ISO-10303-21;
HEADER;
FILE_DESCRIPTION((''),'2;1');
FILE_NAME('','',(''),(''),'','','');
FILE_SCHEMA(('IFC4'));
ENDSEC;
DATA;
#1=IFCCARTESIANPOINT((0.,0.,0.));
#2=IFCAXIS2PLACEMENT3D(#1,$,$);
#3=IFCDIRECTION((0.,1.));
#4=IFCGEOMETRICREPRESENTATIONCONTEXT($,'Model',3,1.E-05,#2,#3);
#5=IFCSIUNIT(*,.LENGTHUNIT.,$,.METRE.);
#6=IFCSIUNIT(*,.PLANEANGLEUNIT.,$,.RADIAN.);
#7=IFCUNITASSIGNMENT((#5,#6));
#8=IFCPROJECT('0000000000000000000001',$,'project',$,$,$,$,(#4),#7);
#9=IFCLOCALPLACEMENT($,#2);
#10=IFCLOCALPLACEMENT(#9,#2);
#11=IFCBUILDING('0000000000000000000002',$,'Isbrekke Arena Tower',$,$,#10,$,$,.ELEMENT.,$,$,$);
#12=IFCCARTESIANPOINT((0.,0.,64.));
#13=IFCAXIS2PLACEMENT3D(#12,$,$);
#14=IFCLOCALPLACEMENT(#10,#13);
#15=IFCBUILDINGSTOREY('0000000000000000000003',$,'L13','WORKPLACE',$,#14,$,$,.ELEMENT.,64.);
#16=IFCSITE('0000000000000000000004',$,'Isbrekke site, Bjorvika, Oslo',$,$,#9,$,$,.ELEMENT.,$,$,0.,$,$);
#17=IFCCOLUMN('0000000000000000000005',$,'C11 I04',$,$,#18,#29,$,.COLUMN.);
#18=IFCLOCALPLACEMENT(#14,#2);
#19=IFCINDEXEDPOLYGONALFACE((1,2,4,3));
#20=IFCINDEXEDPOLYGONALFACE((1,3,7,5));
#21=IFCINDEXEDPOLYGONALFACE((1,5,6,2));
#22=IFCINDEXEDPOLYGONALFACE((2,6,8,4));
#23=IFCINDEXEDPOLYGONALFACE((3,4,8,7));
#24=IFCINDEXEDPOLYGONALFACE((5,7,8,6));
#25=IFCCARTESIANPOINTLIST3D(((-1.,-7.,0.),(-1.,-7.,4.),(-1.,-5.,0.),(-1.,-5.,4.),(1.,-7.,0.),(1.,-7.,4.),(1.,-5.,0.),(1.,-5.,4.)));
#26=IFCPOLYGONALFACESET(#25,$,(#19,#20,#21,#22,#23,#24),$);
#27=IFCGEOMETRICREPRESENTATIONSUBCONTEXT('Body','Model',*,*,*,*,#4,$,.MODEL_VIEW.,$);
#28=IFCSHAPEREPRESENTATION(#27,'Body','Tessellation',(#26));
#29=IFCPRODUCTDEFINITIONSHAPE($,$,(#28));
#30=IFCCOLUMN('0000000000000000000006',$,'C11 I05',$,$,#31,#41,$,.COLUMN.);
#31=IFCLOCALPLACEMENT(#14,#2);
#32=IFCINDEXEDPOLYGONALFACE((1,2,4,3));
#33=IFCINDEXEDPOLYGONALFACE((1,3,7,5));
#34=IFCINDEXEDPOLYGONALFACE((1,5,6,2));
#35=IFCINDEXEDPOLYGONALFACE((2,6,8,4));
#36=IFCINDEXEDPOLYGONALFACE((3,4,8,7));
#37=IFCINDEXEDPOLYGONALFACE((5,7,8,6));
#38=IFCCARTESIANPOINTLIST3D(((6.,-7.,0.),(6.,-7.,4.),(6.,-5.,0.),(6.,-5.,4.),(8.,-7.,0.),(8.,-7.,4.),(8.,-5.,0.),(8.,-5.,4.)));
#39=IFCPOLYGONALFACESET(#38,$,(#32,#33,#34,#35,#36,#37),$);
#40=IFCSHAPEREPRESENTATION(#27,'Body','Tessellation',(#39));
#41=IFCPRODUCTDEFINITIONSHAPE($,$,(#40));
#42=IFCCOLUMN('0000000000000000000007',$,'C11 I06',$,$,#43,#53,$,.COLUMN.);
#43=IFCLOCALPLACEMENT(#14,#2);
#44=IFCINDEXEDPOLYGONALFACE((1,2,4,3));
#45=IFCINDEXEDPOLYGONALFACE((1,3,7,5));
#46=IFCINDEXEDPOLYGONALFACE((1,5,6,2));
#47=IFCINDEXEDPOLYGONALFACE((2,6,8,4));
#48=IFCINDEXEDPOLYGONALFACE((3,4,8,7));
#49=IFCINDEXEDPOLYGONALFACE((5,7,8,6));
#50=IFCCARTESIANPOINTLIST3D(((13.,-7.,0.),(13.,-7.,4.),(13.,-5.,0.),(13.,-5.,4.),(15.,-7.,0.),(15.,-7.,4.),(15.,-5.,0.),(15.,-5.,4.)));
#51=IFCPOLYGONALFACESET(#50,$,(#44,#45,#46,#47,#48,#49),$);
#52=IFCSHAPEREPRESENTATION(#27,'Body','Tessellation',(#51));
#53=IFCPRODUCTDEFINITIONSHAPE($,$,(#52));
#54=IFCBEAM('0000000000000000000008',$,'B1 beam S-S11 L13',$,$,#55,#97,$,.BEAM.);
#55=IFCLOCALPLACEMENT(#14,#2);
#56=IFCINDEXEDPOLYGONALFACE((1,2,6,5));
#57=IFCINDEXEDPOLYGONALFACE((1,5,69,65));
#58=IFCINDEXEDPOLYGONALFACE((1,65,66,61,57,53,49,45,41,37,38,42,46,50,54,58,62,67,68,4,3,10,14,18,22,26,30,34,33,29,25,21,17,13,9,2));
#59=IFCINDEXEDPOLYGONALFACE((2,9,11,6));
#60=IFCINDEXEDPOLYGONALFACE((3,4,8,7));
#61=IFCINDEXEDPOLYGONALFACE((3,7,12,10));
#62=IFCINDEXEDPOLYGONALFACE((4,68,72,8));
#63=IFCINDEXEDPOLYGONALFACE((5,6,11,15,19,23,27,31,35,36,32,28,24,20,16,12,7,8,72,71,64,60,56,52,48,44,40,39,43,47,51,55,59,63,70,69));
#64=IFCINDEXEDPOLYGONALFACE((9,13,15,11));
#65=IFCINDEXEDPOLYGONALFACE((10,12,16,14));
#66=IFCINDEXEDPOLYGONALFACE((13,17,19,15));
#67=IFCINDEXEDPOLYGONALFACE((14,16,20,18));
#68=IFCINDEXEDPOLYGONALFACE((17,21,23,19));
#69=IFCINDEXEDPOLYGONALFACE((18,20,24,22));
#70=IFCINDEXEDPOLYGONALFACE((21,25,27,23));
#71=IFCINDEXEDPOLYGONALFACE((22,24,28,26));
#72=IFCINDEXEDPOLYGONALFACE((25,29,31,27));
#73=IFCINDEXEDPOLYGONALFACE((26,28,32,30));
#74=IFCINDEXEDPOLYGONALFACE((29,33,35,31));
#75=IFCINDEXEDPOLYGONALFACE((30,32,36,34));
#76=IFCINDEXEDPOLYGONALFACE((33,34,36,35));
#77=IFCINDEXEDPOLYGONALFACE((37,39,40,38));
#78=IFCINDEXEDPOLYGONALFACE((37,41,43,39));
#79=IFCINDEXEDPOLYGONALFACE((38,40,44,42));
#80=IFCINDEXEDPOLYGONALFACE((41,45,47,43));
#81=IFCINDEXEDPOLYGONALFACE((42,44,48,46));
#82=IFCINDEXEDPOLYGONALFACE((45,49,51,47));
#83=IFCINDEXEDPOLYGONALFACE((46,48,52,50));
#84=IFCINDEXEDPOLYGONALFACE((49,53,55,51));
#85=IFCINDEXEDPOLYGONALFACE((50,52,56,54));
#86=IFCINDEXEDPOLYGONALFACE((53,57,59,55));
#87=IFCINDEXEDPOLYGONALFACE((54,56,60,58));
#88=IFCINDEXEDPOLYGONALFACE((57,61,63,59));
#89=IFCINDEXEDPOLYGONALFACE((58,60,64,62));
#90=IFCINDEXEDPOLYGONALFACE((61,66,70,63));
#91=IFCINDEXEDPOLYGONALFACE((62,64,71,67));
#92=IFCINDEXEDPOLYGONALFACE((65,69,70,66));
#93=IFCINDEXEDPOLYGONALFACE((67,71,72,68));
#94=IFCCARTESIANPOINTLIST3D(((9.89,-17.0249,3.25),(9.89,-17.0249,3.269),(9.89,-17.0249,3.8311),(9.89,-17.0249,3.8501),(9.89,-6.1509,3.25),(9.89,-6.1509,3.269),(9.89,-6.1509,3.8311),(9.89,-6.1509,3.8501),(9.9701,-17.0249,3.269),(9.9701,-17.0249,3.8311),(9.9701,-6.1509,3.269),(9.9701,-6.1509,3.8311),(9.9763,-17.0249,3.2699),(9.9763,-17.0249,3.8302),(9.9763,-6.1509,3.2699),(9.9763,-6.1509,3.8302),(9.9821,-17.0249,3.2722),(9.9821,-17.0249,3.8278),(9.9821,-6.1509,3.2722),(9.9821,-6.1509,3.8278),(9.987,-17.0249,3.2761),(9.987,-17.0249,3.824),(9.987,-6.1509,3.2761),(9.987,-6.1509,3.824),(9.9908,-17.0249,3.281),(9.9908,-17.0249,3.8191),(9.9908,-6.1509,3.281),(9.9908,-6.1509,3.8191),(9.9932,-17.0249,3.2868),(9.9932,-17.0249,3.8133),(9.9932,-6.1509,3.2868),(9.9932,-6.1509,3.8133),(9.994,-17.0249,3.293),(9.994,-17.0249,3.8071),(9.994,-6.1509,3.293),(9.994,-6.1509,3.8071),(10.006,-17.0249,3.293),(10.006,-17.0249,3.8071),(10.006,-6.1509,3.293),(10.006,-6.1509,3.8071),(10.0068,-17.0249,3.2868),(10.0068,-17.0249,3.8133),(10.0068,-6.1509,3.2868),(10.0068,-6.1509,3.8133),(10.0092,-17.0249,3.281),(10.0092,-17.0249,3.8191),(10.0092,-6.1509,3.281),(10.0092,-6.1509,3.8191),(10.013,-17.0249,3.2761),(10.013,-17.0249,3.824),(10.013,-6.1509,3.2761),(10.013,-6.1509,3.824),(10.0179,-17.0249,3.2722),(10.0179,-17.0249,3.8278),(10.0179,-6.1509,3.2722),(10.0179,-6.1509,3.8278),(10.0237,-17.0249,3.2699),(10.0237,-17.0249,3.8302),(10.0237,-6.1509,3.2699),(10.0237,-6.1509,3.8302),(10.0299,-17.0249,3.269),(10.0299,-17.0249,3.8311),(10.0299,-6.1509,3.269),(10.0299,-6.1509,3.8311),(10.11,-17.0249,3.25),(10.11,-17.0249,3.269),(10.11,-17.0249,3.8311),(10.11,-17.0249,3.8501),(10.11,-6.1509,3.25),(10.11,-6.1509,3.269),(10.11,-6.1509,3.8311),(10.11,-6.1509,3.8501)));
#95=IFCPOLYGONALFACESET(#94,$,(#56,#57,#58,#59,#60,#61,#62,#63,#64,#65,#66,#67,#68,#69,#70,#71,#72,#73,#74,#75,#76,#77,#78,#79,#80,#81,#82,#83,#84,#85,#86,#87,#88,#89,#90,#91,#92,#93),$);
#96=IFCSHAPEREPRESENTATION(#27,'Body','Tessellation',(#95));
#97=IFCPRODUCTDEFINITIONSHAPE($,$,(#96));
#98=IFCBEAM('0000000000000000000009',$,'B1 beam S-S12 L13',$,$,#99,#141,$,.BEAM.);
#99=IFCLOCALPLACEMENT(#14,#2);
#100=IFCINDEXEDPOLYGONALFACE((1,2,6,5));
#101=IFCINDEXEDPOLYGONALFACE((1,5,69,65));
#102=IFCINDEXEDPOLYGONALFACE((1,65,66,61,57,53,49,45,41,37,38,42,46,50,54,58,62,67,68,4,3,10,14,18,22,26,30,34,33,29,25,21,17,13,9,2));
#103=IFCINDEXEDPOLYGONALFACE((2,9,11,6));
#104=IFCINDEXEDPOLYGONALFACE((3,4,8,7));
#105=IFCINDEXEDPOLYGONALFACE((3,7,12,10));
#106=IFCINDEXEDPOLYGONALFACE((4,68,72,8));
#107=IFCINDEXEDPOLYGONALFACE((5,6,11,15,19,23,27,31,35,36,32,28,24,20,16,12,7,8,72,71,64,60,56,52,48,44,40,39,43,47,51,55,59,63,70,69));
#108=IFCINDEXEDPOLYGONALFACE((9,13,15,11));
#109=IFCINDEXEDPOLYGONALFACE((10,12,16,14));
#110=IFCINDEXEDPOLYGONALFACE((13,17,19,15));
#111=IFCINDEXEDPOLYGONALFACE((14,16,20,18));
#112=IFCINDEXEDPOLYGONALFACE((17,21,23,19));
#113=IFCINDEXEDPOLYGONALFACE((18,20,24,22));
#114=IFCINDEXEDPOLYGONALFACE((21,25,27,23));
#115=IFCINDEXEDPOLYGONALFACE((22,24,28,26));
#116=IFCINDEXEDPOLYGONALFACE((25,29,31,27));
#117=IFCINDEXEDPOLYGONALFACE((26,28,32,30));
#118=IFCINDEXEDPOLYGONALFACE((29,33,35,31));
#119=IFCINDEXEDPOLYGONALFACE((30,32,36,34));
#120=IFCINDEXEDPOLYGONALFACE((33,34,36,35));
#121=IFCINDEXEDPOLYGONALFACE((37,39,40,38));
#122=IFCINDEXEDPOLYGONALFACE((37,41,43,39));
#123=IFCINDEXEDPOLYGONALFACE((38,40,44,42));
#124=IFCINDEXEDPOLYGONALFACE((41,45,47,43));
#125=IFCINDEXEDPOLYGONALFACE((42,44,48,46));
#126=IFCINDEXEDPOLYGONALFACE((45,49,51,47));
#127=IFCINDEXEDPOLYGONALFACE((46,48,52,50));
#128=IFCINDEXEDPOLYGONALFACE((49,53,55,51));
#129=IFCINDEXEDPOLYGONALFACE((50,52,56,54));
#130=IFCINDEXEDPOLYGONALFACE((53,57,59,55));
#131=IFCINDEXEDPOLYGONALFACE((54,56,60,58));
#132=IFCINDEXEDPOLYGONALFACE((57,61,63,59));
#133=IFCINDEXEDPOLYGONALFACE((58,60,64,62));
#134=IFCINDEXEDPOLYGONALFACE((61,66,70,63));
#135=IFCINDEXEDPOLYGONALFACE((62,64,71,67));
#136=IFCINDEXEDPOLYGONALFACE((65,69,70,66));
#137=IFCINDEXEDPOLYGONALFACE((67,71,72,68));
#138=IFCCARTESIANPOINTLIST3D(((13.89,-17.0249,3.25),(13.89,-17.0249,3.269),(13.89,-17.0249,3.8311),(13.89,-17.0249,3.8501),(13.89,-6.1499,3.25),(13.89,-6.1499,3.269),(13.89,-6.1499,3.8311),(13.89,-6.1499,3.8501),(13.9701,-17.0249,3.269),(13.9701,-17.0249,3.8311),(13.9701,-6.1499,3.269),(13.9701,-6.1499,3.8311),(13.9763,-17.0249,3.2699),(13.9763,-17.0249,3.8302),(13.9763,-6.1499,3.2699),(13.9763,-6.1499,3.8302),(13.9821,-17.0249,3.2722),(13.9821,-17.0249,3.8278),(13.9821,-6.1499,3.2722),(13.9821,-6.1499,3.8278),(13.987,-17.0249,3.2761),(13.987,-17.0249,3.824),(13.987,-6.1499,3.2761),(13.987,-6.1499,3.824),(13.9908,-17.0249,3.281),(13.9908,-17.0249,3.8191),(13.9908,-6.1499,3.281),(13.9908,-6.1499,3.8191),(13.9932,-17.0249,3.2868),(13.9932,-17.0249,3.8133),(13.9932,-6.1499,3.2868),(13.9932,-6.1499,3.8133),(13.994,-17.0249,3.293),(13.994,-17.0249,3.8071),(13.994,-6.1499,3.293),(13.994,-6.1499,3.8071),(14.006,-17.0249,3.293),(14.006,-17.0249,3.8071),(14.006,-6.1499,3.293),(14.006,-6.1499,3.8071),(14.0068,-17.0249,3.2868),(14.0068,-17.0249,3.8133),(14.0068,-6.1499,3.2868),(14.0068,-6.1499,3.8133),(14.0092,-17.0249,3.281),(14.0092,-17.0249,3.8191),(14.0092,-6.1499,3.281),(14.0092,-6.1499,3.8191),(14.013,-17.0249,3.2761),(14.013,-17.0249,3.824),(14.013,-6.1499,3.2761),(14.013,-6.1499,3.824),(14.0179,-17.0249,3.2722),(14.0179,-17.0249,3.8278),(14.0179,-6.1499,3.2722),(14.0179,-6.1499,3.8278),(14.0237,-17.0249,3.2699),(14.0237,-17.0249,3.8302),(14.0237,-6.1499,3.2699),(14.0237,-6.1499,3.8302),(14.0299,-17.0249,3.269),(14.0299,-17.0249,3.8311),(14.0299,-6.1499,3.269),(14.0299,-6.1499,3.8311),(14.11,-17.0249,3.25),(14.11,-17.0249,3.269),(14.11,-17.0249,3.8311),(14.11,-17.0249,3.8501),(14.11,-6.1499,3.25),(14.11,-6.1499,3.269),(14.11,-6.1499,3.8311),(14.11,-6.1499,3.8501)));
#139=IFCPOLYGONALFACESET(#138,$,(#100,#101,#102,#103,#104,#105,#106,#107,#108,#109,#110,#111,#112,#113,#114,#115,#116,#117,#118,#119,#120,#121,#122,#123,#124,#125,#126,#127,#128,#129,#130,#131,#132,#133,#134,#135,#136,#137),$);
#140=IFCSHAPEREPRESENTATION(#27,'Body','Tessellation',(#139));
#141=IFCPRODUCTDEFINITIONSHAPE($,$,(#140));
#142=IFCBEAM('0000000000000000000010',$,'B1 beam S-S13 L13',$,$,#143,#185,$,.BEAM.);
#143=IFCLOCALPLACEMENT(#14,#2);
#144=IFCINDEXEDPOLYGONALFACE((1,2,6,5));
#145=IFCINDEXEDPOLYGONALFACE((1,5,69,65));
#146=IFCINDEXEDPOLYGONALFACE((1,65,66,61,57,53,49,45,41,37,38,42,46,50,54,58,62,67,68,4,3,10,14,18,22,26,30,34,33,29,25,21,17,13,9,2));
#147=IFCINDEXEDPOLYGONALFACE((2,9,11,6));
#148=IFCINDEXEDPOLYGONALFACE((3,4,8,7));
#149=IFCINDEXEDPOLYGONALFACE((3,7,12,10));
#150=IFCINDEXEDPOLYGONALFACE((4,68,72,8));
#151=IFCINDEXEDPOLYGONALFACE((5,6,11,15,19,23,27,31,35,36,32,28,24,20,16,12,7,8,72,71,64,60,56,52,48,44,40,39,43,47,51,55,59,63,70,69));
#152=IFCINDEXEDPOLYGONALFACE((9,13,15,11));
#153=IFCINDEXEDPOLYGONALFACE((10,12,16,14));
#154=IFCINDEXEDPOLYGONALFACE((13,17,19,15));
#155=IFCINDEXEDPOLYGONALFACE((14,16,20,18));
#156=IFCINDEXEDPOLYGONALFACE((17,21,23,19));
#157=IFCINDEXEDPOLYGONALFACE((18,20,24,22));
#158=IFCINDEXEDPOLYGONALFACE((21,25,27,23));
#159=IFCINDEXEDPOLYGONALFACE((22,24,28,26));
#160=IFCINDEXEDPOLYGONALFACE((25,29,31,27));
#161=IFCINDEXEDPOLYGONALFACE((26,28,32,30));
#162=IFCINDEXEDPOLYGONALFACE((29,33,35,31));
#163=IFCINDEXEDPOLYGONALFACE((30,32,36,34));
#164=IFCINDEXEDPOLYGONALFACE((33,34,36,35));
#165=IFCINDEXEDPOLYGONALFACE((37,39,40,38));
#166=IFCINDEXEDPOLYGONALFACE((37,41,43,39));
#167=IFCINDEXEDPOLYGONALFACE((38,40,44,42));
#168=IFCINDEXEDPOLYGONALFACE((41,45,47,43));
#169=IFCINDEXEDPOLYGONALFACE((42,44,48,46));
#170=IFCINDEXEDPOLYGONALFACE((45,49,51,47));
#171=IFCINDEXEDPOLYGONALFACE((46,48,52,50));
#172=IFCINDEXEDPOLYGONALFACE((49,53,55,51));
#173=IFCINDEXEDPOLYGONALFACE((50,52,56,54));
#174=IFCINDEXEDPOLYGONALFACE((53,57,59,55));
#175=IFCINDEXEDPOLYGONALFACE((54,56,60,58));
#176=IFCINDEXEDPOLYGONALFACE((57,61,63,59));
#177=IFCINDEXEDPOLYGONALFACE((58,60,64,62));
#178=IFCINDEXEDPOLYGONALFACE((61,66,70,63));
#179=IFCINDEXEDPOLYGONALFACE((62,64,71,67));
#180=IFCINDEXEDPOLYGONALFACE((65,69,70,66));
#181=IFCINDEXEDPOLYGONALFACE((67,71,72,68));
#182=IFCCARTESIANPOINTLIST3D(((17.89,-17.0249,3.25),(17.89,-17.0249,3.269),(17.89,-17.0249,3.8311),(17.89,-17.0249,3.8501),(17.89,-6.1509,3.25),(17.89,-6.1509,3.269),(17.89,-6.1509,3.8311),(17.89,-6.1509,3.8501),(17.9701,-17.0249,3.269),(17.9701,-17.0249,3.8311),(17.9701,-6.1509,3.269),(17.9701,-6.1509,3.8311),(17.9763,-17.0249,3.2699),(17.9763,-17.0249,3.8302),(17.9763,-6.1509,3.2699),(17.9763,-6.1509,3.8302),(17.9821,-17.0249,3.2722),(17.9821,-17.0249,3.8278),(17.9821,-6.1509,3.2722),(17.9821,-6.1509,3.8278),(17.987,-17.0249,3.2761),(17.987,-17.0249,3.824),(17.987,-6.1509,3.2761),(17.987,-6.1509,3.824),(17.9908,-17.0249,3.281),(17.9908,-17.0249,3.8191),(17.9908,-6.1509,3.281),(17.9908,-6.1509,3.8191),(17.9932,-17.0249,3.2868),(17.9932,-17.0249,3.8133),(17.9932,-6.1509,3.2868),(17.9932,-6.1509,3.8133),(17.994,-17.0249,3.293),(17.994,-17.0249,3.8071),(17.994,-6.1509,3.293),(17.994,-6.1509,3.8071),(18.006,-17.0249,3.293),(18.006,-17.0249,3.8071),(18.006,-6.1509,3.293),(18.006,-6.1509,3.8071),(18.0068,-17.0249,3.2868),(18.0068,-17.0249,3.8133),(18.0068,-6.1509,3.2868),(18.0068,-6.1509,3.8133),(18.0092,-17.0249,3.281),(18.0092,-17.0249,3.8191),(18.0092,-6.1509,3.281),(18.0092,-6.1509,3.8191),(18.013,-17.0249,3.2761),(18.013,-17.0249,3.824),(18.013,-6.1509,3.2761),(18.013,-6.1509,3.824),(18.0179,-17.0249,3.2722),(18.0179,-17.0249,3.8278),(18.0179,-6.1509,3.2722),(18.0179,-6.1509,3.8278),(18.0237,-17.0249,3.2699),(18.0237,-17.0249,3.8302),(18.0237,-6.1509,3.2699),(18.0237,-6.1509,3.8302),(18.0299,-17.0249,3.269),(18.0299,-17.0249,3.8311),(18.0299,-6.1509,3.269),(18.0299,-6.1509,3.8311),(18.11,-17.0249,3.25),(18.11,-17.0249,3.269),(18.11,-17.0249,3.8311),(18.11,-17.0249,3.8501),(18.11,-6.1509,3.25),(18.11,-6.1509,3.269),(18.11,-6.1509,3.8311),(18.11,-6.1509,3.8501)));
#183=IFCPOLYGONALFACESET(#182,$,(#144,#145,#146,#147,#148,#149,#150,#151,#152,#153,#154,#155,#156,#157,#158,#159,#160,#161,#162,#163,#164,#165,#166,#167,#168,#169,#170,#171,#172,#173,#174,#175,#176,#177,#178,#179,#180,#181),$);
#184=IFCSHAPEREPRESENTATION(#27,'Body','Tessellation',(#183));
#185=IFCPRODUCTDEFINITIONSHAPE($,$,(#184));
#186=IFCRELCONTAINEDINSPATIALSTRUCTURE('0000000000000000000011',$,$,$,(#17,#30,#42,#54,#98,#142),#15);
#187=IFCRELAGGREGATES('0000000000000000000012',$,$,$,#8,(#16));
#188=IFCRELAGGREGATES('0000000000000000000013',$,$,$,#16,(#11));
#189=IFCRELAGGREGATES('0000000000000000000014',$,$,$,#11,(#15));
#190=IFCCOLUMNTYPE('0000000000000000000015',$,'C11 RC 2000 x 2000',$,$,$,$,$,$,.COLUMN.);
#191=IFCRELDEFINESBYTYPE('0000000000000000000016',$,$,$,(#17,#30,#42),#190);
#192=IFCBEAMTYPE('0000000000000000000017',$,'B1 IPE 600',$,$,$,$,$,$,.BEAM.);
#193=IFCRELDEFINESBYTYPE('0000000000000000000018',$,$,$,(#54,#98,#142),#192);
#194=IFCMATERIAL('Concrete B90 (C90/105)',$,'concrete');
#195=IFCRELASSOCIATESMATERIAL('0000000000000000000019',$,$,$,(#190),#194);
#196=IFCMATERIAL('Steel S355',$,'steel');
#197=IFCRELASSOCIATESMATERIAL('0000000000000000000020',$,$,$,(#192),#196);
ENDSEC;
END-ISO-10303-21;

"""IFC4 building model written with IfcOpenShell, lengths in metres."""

from ifc_helpers import new_model, si_unit, direction, frame, origin, origin_2d, place, context, subcontext, project, spatial, rectangle, i_section, extrude, material, material_profile, profile_set, type_object, element, save


model = new_model("IFC4")

# Units and contexts
model_context = context("Model", 3, precision=1e-05, world=origin(), true_north=direction((0.0, 1.0)))
body_context = subcontext(model_context, "Body", "Model", "MODEL_VIEW")
ifc_project = project(units=[si_unit("LENGTHUNIT", "METRE"), si_unit("PLANEANGLEUNIT", "RADIAN")], contexts=[model_context])

# Site, building, storey
site_placement = place(None, origin())
site = spatial("IfcSite", under=ifc_project, at=site_placement, Name="Isbrekke site, Bjorvika, Oslo", CompositionType="ELEMENT", RefElevation=0.0)
building_placement = place(site_placement, origin())
building = spatial("IfcBuilding", under=site, at=building_placement, Name="Isbrekke Arena Tower", CompositionType="ELEMENT")
storey_placement = place(building_placement, frame((0.0, 0.0, 64.0)))
storey = spatial("IfcBuildingStorey", under=building, at=storey_placement, Name="L13", Description="WORKPLACE", CompositionType="ELEMENT", Elevation=64.0)

# Columns
ifc_material_1 = material(Name="Concrete B90 (C90/105)", Category="concrete")
ifc_material_profile_1 = material_profile(ifc_material_1, rectangle(XDim=2.0, YDim=2.0, at=origin_2d()), Name="RC 2000x2000")
ifc_profile_set_1 = profile_set([ifc_material_profile_1], Name="Concrete B90 (C90/105)")
column_type = type_object("IfcColumnType", Name="C11 RC 2000 x 2000", PredefinedType="COLUMN", material=ifc_profile_set_1)
for number, where, z_axis, x_axis, name in (
    (1, (0.0, -6.0, 0.0), (0.0, 0.0, 1.0), (1.0, 0.0, 0.0), "C11 I04"),
    (2, (7.0, -6.0, 0.0), (0.0, 0.0, 1.0), (1.0, 0.0, 0.0), "C11 I05"),
    (3, (14.0, -6.0, 0.0), (0.0, 0.0, 1.0), (1.0, 0.0, 0.0), "C11 I06"),
):
    element("IfcColumn", number, at=place(storey_placement, frame(where, z_axis=z_axis, x_axis=x_axis)), inside=storey, type_object=column_type, Name=name, PredefinedType="COLUMN", context=body_context, shape_type="SweptSolid", body=[
        extrude(rectangle(XDim=2.0, YDim=2.0, at=origin_2d()), origin(), (0.0, 0.0, 1.0), 4.0),
    ])

# Beams
ifc_material_2 = material(Name="Steel S355", Category="steel")
ifc_material_profile_2 = material_profile(ifc_material_2, i_section(OverallWidth=0.22, OverallDepth=0.6001, WebThickness=0.012, FlangeThickness=0.019, FilletRadius=0.0239, at=origin_2d()), Name="IPE 600")
ifc_profile_set_2 = profile_set([ifc_material_profile_2], Name="Steel S355")
beam_type_1 = type_object("IfcBeamType", Name="B1 IPE 600", PredefinedType="BEAM", material=ifc_profile_set_2)
beam_1_placement = place(storey_placement, frame((10.0, -17.0249, 3.55), z_axis=(0.0, 1.0, 0.0), x_axis=(-1.0, 0.0, 0.0)))
element("IfcBeam", 4, at=beam_1_placement, inside=storey, type_object=beam_type_1, Name="B1 beam S-S11 L13", PredefinedType="BEAM", context=body_context, shape_type="SweptSolid", body=[
    extrude(i_section(OverallWidth=0.22, OverallDepth=0.6001, WebThickness=0.012, FlangeThickness=0.019, FilletRadius=0.0239, at=origin_2d()), origin(), (0.0, 0.0, 1.0), 10.874),
])
beam_2_placement = place(storey_placement, frame((14.0, -17.0249, 3.55), z_axis=(0.0, 1.0, 0.0), x_axis=(-1.0, 0.0, 0.0)))
element("IfcBeam", 5, at=beam_2_placement, inside=storey, type_object=beam_type_1, Name="B1 beam S-S12 L13", PredefinedType="BEAM", context=body_context, shape_type="SweptSolid", body=[
    extrude(i_section(OverallWidth=0.22, OverallDepth=0.6001, WebThickness=0.012, FlangeThickness=0.019, FilletRadius=0.0239, at=origin_2d()), origin(), (0.0, 0.0, 1.0), 10.875),
])
beam_3_placement = place(storey_placement, frame((18.0, -17.0249, 3.55), z_axis=(0.0, 1.0, 0.0), x_axis=(-1.0, 0.0, 0.0)))
element("IfcBeam", 6, at=beam_3_placement, inside=storey, type_object=beam_type_1, Name="B1 beam S-S13 L13", PredefinedType="BEAM", context=body_context, shape_type="SweptSolid", body=[
    extrude(i_section(OverallWidth=0.22, OverallDepth=0.6001, WebThickness=0.012, FlangeThickness=0.019, FilletRadius=0.0239, at=origin_2d()), origin(), (0.0, 0.0, 1.0), 10.874),
])

save(model, "model.ifc")
